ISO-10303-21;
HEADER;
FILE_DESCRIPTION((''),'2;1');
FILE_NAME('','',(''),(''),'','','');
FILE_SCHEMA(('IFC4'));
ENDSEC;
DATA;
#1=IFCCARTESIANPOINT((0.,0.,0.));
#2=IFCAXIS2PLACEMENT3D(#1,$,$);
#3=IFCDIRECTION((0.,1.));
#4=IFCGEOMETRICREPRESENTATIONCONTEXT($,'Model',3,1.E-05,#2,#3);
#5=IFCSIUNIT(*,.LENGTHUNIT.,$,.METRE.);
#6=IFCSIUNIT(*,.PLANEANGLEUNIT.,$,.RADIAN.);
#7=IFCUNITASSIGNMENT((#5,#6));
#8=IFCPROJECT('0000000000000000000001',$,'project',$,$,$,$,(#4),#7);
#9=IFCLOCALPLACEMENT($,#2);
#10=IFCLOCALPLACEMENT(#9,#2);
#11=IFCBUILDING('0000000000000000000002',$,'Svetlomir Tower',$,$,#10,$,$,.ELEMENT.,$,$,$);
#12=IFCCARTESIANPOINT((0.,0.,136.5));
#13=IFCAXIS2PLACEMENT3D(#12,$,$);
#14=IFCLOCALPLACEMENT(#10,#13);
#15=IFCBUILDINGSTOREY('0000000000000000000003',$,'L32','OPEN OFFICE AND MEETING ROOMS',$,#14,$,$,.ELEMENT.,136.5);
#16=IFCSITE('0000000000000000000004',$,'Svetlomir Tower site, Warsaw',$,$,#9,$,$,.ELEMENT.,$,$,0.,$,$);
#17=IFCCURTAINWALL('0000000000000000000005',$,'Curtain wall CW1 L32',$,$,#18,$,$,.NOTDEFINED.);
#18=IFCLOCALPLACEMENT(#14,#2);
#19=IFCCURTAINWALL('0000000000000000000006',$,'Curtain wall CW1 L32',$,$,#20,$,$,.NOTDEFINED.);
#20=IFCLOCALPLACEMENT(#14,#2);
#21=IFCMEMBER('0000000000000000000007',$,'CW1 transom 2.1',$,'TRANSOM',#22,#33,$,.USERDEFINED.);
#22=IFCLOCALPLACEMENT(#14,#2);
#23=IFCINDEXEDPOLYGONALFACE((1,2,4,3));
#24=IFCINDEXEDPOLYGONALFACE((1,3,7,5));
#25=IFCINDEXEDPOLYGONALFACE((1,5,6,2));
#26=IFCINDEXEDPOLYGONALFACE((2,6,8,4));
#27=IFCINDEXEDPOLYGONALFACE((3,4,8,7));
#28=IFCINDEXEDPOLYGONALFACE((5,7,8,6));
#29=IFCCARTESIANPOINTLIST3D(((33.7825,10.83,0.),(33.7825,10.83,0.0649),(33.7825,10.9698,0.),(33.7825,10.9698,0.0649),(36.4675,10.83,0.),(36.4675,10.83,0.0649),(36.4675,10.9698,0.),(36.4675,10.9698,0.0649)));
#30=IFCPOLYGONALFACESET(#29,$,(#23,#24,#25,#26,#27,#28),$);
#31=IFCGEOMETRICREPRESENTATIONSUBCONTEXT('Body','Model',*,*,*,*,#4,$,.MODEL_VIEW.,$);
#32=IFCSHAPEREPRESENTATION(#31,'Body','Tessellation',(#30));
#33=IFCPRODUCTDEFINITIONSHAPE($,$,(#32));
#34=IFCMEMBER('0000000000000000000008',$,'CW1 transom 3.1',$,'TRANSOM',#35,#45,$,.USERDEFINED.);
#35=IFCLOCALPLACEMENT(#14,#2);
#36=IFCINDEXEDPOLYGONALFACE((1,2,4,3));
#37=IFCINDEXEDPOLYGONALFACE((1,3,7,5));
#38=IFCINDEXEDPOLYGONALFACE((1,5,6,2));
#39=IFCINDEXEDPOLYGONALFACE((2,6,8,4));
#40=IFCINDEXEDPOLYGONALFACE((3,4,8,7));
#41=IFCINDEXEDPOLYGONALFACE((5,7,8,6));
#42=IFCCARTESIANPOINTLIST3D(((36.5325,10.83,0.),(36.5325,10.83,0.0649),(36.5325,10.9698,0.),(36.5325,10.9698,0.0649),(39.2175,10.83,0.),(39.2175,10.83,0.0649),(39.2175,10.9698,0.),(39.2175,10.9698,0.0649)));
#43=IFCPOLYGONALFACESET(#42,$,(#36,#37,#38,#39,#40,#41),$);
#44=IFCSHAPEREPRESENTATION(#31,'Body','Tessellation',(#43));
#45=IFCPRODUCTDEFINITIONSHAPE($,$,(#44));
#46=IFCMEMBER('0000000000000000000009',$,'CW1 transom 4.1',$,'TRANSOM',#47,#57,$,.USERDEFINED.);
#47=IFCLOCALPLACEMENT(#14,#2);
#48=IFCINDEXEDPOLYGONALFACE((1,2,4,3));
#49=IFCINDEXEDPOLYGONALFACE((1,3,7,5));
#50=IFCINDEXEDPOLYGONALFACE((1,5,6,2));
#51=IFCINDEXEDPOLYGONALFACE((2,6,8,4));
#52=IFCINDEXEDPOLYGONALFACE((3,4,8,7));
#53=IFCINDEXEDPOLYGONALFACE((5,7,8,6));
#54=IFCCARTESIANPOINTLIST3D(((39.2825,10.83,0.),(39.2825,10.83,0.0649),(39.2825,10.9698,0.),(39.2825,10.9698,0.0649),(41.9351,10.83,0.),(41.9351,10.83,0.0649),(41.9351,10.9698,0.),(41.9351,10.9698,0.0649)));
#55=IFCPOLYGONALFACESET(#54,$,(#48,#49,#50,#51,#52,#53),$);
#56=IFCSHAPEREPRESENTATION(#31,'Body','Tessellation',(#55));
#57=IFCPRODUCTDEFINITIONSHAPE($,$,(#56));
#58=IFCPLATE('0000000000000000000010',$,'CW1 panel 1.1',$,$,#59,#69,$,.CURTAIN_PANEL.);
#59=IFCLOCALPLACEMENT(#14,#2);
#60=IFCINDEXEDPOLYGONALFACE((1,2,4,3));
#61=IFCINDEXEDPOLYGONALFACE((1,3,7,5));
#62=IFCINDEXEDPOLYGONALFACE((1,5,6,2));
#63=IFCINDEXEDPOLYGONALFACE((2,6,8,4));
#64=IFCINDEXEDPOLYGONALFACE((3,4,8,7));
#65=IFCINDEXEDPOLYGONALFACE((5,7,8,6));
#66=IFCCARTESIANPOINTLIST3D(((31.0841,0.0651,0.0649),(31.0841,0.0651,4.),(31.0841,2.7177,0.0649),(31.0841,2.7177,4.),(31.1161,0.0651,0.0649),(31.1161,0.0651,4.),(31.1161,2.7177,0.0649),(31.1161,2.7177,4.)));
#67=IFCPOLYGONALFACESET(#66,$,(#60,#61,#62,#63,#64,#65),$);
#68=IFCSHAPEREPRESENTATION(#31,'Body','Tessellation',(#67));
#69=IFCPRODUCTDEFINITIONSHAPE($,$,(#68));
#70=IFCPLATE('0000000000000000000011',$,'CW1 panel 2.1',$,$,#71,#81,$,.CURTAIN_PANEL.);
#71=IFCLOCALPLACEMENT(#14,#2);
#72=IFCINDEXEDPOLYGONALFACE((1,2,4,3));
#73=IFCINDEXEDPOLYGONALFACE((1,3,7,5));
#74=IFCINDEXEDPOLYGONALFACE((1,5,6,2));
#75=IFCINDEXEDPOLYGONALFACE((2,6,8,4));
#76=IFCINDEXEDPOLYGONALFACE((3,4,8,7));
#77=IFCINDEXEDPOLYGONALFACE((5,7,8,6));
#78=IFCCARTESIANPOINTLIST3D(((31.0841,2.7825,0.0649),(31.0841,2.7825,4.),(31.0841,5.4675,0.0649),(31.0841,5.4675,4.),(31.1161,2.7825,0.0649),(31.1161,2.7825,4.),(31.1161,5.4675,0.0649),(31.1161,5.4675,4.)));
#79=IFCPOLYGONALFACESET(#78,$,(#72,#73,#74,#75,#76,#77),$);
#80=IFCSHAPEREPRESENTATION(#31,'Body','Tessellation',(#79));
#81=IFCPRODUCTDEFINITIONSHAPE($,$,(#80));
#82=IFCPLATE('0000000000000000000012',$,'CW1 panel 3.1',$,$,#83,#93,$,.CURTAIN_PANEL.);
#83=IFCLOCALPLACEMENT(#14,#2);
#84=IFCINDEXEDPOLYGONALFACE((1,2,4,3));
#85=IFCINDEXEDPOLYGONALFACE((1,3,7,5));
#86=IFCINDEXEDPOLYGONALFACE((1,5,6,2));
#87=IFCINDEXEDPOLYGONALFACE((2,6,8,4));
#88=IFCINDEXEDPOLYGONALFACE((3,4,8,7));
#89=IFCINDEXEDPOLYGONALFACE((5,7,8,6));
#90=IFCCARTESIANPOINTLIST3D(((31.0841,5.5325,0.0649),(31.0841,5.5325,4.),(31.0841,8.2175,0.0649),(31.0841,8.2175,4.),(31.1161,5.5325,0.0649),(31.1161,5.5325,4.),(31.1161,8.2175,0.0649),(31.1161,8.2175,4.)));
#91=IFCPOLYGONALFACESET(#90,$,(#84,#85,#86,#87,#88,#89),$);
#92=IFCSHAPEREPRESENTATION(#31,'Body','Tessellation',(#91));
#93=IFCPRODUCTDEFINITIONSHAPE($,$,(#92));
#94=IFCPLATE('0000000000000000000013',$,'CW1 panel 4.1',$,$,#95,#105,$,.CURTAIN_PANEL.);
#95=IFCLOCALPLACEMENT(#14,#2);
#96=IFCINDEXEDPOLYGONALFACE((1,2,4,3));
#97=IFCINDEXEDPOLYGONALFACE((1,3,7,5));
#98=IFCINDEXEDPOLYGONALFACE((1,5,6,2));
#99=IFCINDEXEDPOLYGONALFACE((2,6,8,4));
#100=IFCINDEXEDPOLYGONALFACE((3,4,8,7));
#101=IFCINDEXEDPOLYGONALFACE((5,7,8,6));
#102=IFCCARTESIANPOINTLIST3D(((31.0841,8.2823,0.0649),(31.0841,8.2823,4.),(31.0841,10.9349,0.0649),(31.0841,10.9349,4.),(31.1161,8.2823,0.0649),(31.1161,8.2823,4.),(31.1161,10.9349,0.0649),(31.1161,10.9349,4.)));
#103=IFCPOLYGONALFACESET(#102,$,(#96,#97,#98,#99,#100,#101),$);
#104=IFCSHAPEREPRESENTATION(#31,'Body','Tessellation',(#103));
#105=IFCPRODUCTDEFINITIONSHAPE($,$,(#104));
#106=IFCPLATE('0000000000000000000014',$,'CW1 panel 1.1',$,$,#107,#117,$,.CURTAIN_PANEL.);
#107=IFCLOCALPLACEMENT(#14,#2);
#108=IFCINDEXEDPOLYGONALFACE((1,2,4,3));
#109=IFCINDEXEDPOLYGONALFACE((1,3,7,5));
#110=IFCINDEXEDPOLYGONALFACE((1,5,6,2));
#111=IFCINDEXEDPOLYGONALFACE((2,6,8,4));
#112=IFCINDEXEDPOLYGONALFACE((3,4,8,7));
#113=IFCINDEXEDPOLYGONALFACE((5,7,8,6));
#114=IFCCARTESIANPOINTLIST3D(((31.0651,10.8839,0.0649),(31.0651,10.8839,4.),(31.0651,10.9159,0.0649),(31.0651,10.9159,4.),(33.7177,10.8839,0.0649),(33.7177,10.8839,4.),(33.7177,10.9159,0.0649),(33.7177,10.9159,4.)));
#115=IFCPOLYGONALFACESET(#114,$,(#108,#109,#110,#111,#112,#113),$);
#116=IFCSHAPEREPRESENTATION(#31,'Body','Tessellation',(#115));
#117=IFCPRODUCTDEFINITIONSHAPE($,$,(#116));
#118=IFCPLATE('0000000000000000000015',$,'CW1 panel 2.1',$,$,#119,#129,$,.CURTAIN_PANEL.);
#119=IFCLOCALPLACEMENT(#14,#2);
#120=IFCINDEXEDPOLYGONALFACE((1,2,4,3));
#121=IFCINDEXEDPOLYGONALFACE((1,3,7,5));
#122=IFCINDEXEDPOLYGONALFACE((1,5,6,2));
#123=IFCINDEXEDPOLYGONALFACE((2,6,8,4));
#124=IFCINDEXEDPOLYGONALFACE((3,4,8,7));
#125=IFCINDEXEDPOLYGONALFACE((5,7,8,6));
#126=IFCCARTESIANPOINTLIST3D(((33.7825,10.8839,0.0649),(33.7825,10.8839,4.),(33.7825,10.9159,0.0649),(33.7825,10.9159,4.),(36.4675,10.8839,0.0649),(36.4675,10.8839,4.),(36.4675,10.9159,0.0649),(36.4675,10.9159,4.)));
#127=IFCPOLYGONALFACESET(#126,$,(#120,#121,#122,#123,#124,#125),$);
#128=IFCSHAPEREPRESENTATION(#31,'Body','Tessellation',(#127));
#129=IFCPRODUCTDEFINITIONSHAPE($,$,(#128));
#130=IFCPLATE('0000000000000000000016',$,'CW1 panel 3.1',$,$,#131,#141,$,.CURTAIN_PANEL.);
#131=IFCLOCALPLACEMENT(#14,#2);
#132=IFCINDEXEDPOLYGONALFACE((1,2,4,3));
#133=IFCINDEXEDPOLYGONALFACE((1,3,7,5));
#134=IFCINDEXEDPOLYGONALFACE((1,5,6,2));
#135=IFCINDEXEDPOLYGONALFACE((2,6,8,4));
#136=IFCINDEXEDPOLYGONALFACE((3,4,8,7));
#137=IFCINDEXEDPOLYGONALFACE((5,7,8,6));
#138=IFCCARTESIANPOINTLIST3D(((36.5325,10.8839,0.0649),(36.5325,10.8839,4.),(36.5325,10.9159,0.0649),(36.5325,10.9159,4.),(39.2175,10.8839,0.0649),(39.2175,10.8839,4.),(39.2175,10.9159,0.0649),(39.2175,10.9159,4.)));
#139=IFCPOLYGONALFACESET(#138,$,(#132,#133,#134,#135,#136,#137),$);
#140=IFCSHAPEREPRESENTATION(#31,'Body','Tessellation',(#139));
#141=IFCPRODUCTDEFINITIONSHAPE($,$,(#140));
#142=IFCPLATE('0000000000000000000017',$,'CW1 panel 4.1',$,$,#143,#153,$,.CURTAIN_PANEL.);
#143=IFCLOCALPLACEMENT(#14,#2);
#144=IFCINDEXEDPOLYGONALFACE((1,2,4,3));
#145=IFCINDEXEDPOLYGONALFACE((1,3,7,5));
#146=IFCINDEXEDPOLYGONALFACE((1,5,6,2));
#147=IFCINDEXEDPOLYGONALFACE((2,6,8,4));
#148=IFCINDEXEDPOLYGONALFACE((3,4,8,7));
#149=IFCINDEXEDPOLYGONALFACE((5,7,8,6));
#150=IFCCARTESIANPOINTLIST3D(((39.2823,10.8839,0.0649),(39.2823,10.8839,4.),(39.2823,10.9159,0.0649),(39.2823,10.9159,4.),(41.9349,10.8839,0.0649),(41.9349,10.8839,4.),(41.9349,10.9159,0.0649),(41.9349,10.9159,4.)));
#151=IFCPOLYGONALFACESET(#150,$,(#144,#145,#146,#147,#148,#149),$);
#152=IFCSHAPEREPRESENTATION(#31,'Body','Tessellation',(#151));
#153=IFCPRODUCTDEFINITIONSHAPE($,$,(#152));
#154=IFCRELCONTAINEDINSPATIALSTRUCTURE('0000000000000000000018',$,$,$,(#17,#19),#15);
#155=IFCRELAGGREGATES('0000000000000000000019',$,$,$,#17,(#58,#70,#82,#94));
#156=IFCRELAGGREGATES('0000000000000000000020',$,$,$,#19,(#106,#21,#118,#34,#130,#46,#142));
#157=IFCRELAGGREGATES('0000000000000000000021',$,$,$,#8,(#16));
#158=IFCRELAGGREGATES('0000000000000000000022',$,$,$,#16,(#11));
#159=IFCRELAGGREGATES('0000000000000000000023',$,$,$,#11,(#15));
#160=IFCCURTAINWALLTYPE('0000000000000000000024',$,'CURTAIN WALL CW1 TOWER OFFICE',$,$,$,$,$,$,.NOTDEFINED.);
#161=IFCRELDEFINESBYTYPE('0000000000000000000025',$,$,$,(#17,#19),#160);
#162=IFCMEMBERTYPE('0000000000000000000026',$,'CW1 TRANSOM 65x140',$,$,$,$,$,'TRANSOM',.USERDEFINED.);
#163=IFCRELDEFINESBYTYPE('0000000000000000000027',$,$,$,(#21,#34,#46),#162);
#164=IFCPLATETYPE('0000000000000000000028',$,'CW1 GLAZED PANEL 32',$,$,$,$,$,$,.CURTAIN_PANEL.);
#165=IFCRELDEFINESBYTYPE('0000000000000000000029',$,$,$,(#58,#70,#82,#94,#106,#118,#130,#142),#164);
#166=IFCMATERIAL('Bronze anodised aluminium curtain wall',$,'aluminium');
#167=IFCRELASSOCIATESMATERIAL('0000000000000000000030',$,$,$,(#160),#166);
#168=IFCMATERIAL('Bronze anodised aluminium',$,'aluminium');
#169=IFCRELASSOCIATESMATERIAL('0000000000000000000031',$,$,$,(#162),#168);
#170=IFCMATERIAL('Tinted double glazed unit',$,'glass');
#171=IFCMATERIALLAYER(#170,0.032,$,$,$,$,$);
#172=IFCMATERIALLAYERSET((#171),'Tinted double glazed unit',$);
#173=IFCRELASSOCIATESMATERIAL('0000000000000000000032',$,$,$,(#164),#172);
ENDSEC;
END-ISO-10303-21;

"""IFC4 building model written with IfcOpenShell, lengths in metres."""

from ifc_helpers import new_model, si_unit, direction, frame, origin, origin_2d, place, context, subcontext, project, spatial, rectangle, extrude, material, layer, layer_set, material_profile, profile_set, type_object, element, aggregate, save


model = new_model("IFC4")

# Units and contexts
model_context = context("Model", 3, precision=1e-05, world=origin(), true_north=direction((0.0, 1.0)))
body_context = subcontext(model_context, "Body", "Model", "MODEL_VIEW")
ifc_project = project(units=[si_unit("LENGTHUNIT", "METRE"), si_unit("PLANEANGLEUNIT", "RADIAN")], contexts=[model_context])

# Site, building, storey
site_placement = place(None, origin())
site = spatial("IfcSite", under=ifc_project, at=site_placement, Name="Svetlomir Tower site, Warsaw", CompositionType="ELEMENT", RefElevation=0.0)
building_placement = place(site_placement, origin())
building = spatial("IfcBuilding", under=site, at=building_placement, Name="Svetlomir Tower", CompositionType="ELEMENT")
storey_placement = place(building_placement, frame((0.0, 0.0, 136.5)))
storey = spatial("IfcBuildingStorey", under=building, at=storey_placement, Name="L32", Description="OPEN OFFICE AND MEETING ROOMS", CompositionType="ELEMENT", Elevation=136.5)

# Curtain walls
ifc_material_1 = material(Name="Bronze anodised aluminium curtain wall", Category="aluminium")
curtain_wall_type = type_object("IfcCurtainWallType", Name="CURTAIN WALL CW1 TOWER OFFICE", PredefinedType="NOTDEFINED", material=ifc_material_1)
curtain_wall_1_placement = place(storey_placement, origin())
curtain_wall_1 = element("IfcCurtainWall", 1, at=curtain_wall_1_placement, inside=storey, type_object=curtain_wall_type, Name="Curtain wall CW1 L32", PredefinedType="NOTDEFINED")
curtain_wall_2_placement = place(storey_placement, origin())
curtain_wall_2 = element("IfcCurtainWall", 2, at=curtain_wall_2_placement, inside=storey, type_object=curtain_wall_type, Name="Curtain wall CW1 L32", PredefinedType="NOTDEFINED")

# Members
ifc_material_2 = material(Name="Bronze anodised aluminium", Category="aluminium")
ifc_material_profile_1 = material_profile(ifc_material_2, rectangle(XDim=0.1399, YDim=0.0649, at=origin_2d()), Name="AL 140x65")
ifc_profile_set_1 = profile_set([ifc_material_profile_1], Name="Bronze anodised aluminium 6063-T6")
member_type_1 = type_object("IfcMemberType", Name="CW1 TRANSOM 65x140", ElementType="TRANSOM", PredefinedType="USERDEFINED", material=ifc_profile_set_1)
member_1_placement = place(storey_placement, frame((33.7825, 10.8999, 0.0325), z_axis=(1.0, 0.0, 0.0), x_axis=(0.0, 1.0, 0.0)))
member_1 = element("IfcMember", 3, at=member_1_placement, type_object=member_type_1, Name="CW1 transom 2.1", ObjectType="TRANSOM", PredefinedType="USERDEFINED", context=body_context, shape_type="SweptSolid", body=[
    extrude(rectangle(XDim=0.1399, YDim=0.0649, at=origin_2d()), origin(), (0.0, 0.0, 1.0), 2.6851),
])
member_2_placement = place(storey_placement, frame((36.5325, 10.8999, 0.0325), z_axis=(1.0, 0.0, 0.0), x_axis=(0.0, 1.0, 0.0)))
member_2 = element("IfcMember", 4, at=member_2_placement, type_object=member_type_1, Name="CW1 transom 3.1", ObjectType="TRANSOM", PredefinedType="USERDEFINED", context=body_context, shape_type="SweptSolid", body=[
    extrude(rectangle(XDim=0.1399, YDim=0.0649, at=origin_2d()), origin(), (0.0, 0.0, 1.0), 2.6851),
])
member_3_placement = place(storey_placement, frame((39.2825, 10.8999, 0.0325), z_axis=(1.0, 0.0, 0.0), x_axis=(0.0, 1.0, 0.0)))
member_3 = element("IfcMember", 5, at=member_3_placement, type_object=member_type_1, Name="CW1 transom 4.1", ObjectType="TRANSOM", PredefinedType="USERDEFINED", context=body_context, shape_type="SweptSolid", body=[
    extrude(rectangle(XDim=0.1399, YDim=0.0649, at=origin_2d()), origin(), (0.0, 0.0, 1.0), 2.6526),
])

# Plates
ifc_material_3 = material(Name="Tinted double glazed unit", Category="glass")
ifc_layer = layer(ifc_material_3, 0.032)
ifc_layer_set = layer_set([ifc_layer], Name="Tinted double glazed unit")
plate_type = type_object("IfcPlateType", Name="CW1 GLAZED PANEL 32", PredefinedType="CURTAIN_PANEL", material=ifc_layer_set)
plate_1_placement = place(storey_placement, frame((31.1001, 1.3914, 0.0649), z_axis=(0.0, 0.0, 1.0), x_axis=(0.0, 1.0, 0.0)))
plate_1 = element("IfcPlate", 6, at=plate_1_placement, type_object=plate_type, Name="CW1 panel 1.1", PredefinedType="CURTAIN_PANEL", context=body_context, shape_type="SweptSolid", body=[
    extrude(rectangle(XDim=2.6526, YDim=0.032, at=origin_2d()), origin(), (0.0, 0.0, 1.0), 3.9351),
])
plate_2_placement = place(storey_placement, frame((31.1001, 4.125, 0.0649), z_axis=(0.0, 0.0, 1.0), x_axis=(0.0, 1.0, 0.0)))
plate_2 = element("IfcPlate", 7, at=plate_2_placement, type_object=plate_type, Name="CW1 panel 2.1", PredefinedType="CURTAIN_PANEL", context=body_context, shape_type="SweptSolid", body=[
    extrude(rectangle(XDim=2.6851, YDim=0.032, at=origin_2d()), origin(), (0.0, 0.0, 1.0), 3.9351),
])
plate_3_placement = place(storey_placement, frame((31.1001, 6.875, 0.0649), z_axis=(0.0, 0.0, 1.0), x_axis=(0.0, 1.0, 0.0)))
plate_3 = element("IfcPlate", 8, at=plate_3_placement, type_object=plate_type, Name="CW1 panel 3.1", PredefinedType="CURTAIN_PANEL", context=body_context, shape_type="SweptSolid", body=[
    extrude(rectangle(XDim=2.6851, YDim=0.032, at=origin_2d()), origin(), (0.0, 0.0, 1.0), 3.9351),
])
plate_4_placement = place(storey_placement, frame((31.1001, 9.6086, 0.0649), z_axis=(0.0, 0.0, 1.0), x_axis=(0.0, 1.0, 0.0)))
plate_4 = element("IfcPlate", 9, at=plate_4_placement, type_object=plate_type, Name="CW1 panel 4.1", PredefinedType="CURTAIN_PANEL", context=body_context, shape_type="SweptSolid", body=[
    extrude(rectangle(XDim=2.6526, YDim=0.032, at=origin_2d()), origin(), (0.0, 0.0, 1.0), 3.9351),
])
aggregate(curtain_wall_1, [plate_1, plate_2, plate_3, plate_4])
plate_5_placement = place(storey_placement, frame((32.3914, 10.8999, 0.0649), z_axis=(0.0, 0.0, 1.0), x_axis=(1.0, 0.0, 0.0)))
plate_5 = element("IfcPlate", 10, at=plate_5_placement, type_object=plate_type, Name="CW1 panel 1.1", PredefinedType="CURTAIN_PANEL", context=body_context, shape_type="SweptSolid", body=[
    extrude(rectangle(XDim=2.6526, YDim=0.032, at=origin_2d()), origin(), (0.0, 0.0, 1.0), 3.9351),
])
plate_6_placement = place(storey_placement, frame((35.125, 10.8999, 0.0649), z_axis=(0.0, 0.0, 1.0), x_axis=(1.0, 0.0, 0.0)))
plate_6 = element("IfcPlate", 11, at=plate_6_placement, type_object=plate_type, Name="CW1 panel 2.1", PredefinedType="CURTAIN_PANEL", context=body_context, shape_type="SweptSolid", body=[
    extrude(rectangle(XDim=2.6851, YDim=0.032, at=origin_2d()), origin(), (0.0, 0.0, 1.0), 3.9351),
])
plate_7_placement = place(storey_placement, frame((37.875, 10.8999, 0.0649), z_axis=(0.0, 0.0, 1.0), x_axis=(1.0, 0.0, 0.0)))
plate_7 = element("IfcPlate", 12, at=plate_7_placement, type_object=plate_type, Name="CW1 panel 3.1", PredefinedType="CURTAIN_PANEL", context=body_context, shape_type="SweptSolid", body=[
    extrude(rectangle(XDim=2.6851, YDim=0.032, at=origin_2d()), origin(), (0.0, 0.0, 1.0), 3.9351),
])
plate_8_placement = place(storey_placement, frame((40.6086, 10.8999, 0.0649), z_axis=(0.0, 0.0, 1.0), x_axis=(1.0, 0.0, 0.0)))
plate_8 = element("IfcPlate", 13, at=plate_8_placement, type_object=plate_type, Name="CW1 panel 4.1", PredefinedType="CURTAIN_PANEL", context=body_context, shape_type="SweptSolid", body=[
    extrude(rectangle(XDim=2.6526, YDim=0.032, at=origin_2d()), origin(), (0.0, 0.0, 1.0), 3.9351),
])
aggregate(curtain_wall_2, [plate_5, member_1, plate_6, member_2, plate_7, member_3, plate_8])

save(model, "model.ifc")
